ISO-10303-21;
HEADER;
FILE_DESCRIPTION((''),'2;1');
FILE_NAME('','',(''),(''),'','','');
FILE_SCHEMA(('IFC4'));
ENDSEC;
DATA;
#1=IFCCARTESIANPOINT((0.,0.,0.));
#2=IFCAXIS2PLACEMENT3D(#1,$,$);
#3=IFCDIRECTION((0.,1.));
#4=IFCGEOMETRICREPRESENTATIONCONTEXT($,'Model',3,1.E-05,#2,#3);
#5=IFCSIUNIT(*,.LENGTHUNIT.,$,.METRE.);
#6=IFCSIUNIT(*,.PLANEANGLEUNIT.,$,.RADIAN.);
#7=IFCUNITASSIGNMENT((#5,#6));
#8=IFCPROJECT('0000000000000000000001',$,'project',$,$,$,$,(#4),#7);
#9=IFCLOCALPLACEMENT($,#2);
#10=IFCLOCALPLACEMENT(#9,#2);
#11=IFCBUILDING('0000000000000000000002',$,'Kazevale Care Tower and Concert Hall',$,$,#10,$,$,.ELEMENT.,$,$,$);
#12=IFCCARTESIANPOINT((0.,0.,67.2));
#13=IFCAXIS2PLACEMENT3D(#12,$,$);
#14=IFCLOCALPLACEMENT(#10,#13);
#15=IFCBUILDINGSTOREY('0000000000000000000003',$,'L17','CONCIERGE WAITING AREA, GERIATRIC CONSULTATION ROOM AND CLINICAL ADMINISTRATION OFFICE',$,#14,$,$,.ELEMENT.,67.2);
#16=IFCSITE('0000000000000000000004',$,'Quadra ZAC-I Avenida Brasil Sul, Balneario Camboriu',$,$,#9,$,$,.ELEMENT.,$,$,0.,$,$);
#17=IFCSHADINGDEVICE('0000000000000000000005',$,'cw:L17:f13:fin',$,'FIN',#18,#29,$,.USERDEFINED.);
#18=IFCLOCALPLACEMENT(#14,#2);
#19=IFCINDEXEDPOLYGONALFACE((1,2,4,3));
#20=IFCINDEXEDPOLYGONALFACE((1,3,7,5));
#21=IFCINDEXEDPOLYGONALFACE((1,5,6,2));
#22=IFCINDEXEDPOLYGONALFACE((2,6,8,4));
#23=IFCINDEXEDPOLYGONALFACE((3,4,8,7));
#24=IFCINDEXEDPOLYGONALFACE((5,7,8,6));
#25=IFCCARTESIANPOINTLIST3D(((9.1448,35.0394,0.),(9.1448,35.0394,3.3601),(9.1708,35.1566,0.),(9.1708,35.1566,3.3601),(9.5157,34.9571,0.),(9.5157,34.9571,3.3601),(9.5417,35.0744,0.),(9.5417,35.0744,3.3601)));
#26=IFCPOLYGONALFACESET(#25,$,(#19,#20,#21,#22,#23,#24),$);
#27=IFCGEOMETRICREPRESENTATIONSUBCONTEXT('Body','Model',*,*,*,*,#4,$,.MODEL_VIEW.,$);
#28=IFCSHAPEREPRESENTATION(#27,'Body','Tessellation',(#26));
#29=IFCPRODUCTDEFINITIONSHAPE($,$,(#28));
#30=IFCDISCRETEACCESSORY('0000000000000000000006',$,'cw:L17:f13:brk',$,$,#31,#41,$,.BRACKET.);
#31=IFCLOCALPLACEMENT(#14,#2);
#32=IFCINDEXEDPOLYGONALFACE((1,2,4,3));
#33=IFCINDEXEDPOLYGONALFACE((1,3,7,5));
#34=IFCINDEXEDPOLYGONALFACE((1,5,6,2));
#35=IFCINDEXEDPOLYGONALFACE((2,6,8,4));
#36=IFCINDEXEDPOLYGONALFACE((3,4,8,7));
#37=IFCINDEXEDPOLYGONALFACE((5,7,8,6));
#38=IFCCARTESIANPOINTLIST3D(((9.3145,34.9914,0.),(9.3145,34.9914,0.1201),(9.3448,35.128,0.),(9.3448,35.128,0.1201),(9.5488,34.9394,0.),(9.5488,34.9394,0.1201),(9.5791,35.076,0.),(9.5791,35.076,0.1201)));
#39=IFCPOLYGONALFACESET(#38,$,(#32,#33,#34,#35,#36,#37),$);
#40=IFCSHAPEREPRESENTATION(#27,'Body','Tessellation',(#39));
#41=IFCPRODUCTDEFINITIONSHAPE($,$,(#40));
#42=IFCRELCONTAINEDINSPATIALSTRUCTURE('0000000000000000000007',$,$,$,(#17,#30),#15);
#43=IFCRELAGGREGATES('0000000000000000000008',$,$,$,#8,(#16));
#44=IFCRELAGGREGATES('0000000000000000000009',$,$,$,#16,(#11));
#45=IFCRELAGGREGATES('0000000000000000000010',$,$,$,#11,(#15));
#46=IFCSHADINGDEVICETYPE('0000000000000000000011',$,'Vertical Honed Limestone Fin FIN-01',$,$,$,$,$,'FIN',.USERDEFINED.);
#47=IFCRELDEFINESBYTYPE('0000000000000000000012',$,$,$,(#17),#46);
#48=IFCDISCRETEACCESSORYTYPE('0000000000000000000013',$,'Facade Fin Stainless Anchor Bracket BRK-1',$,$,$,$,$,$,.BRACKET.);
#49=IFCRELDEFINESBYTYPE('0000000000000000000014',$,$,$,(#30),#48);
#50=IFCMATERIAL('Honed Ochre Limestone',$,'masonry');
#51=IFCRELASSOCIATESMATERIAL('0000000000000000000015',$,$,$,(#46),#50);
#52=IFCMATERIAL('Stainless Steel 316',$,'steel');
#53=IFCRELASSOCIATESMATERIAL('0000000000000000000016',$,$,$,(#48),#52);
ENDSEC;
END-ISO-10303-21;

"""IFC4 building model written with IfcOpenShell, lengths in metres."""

from ifc_helpers import new_model, si_unit, direction, frame, origin, origin_2d, place, context, subcontext, project, spatial, rectangle, extrude, material, type_object, element, save


model = new_model("IFC4")

# Units and contexts
model_context = context("Model", 3, precision=1e-05, world=origin(), true_north=direction((0.0, 1.0)))
body_context = subcontext(model_context, "Body", "Model", "MODEL_VIEW")
ifc_project = project(units=[si_unit("LENGTHUNIT", "METRE"), si_unit("PLANEANGLEUNIT", "RADIAN")], contexts=[model_context])

# Site, building, storey
site_placement = place(None, origin())
site = spatial("IfcSite", under=ifc_project, at=site_placement, Name="Quadra ZAC-I Avenida Brasil Sul, Balneario Camboriu", CompositionType="ELEMENT", RefElevation=0.0)
building_placement = place(site_placement, origin())
building = spatial("IfcBuilding", under=site, at=building_placement, Name="Kazevale Care Tower and Concert Hall", CompositionType="ELEMENT")
storey_placement = place(building_placement, frame((0.0, 0.0, 67.2)))
storey = spatial("IfcBuildingStorey", under=building, at=storey_placement, Name="L17", Description="CONCIERGE WAITING AREA, GERIATRIC CONSULTATION ROOM AND CLINICAL ADMINISTRATION OFFICE", CompositionType="ELEMENT", Elevation=67.2)

# Shading device
ifc_material_1 = material(Name="Honed Ochre Limestone", Category="masonry")
shading_device_type = type_object("IfcShadingDeviceType", Name="Vertical Honed Limestone Fin FIN-01", ElementType="FIN", PredefinedType="USERDEFINED", material=ifc_material_1)
shading_device_placement = place(storey_placement, frame((9.3433, 35.0569, 0.0), z_axis=(0.0, 0.0, 1.0), x_axis=(-0.976296, 0.21644, 0.0)))
element("IfcShadingDevice", 1, at=shading_device_placement, inside=storey, type_object=shading_device_type, Name="cw:L17:f13:fin", ObjectType="FIN", PredefinedType="USERDEFINED", context=body_context, shape_type="SweptSolid", body=[
    extrude(rectangle(XDim=0.3799, YDim=0.1201, at=origin_2d()), origin(), (0.0, 0.0, 1.0), 3.3601),
])

# Discrete accessory
ifc_material_2 = material(Name="Stainless Steel 316", Category="steel")
discrete_accessory_type = type_object("IfcDiscreteAccessoryType", Name="Facade Fin Stainless Anchor Bracket BRK-1", PredefinedType="BRACKET", material=ifc_material_2)
discrete_accessory_placement = place(storey_placement, frame((9.4468, 35.0337, 0.0), z_axis=(0.0, 0.0, 1.0), x_axis=(-0.976296, 0.21644, 0.0)))
element("IfcDiscreteAccessory", 2, at=discrete_accessory_placement, inside=storey, type_object=discrete_accessory_type, Name="cw:L17:f13:brk", PredefinedType="BRACKET", context=body_context, shape_type="SweptSolid", body=[
    extrude(rectangle(XDim=0.24, YDim=0.1399, at=origin_2d()), origin(), (0.0, 0.0, 1.0), 0.1201),
])

save(model, "model.ifc")
